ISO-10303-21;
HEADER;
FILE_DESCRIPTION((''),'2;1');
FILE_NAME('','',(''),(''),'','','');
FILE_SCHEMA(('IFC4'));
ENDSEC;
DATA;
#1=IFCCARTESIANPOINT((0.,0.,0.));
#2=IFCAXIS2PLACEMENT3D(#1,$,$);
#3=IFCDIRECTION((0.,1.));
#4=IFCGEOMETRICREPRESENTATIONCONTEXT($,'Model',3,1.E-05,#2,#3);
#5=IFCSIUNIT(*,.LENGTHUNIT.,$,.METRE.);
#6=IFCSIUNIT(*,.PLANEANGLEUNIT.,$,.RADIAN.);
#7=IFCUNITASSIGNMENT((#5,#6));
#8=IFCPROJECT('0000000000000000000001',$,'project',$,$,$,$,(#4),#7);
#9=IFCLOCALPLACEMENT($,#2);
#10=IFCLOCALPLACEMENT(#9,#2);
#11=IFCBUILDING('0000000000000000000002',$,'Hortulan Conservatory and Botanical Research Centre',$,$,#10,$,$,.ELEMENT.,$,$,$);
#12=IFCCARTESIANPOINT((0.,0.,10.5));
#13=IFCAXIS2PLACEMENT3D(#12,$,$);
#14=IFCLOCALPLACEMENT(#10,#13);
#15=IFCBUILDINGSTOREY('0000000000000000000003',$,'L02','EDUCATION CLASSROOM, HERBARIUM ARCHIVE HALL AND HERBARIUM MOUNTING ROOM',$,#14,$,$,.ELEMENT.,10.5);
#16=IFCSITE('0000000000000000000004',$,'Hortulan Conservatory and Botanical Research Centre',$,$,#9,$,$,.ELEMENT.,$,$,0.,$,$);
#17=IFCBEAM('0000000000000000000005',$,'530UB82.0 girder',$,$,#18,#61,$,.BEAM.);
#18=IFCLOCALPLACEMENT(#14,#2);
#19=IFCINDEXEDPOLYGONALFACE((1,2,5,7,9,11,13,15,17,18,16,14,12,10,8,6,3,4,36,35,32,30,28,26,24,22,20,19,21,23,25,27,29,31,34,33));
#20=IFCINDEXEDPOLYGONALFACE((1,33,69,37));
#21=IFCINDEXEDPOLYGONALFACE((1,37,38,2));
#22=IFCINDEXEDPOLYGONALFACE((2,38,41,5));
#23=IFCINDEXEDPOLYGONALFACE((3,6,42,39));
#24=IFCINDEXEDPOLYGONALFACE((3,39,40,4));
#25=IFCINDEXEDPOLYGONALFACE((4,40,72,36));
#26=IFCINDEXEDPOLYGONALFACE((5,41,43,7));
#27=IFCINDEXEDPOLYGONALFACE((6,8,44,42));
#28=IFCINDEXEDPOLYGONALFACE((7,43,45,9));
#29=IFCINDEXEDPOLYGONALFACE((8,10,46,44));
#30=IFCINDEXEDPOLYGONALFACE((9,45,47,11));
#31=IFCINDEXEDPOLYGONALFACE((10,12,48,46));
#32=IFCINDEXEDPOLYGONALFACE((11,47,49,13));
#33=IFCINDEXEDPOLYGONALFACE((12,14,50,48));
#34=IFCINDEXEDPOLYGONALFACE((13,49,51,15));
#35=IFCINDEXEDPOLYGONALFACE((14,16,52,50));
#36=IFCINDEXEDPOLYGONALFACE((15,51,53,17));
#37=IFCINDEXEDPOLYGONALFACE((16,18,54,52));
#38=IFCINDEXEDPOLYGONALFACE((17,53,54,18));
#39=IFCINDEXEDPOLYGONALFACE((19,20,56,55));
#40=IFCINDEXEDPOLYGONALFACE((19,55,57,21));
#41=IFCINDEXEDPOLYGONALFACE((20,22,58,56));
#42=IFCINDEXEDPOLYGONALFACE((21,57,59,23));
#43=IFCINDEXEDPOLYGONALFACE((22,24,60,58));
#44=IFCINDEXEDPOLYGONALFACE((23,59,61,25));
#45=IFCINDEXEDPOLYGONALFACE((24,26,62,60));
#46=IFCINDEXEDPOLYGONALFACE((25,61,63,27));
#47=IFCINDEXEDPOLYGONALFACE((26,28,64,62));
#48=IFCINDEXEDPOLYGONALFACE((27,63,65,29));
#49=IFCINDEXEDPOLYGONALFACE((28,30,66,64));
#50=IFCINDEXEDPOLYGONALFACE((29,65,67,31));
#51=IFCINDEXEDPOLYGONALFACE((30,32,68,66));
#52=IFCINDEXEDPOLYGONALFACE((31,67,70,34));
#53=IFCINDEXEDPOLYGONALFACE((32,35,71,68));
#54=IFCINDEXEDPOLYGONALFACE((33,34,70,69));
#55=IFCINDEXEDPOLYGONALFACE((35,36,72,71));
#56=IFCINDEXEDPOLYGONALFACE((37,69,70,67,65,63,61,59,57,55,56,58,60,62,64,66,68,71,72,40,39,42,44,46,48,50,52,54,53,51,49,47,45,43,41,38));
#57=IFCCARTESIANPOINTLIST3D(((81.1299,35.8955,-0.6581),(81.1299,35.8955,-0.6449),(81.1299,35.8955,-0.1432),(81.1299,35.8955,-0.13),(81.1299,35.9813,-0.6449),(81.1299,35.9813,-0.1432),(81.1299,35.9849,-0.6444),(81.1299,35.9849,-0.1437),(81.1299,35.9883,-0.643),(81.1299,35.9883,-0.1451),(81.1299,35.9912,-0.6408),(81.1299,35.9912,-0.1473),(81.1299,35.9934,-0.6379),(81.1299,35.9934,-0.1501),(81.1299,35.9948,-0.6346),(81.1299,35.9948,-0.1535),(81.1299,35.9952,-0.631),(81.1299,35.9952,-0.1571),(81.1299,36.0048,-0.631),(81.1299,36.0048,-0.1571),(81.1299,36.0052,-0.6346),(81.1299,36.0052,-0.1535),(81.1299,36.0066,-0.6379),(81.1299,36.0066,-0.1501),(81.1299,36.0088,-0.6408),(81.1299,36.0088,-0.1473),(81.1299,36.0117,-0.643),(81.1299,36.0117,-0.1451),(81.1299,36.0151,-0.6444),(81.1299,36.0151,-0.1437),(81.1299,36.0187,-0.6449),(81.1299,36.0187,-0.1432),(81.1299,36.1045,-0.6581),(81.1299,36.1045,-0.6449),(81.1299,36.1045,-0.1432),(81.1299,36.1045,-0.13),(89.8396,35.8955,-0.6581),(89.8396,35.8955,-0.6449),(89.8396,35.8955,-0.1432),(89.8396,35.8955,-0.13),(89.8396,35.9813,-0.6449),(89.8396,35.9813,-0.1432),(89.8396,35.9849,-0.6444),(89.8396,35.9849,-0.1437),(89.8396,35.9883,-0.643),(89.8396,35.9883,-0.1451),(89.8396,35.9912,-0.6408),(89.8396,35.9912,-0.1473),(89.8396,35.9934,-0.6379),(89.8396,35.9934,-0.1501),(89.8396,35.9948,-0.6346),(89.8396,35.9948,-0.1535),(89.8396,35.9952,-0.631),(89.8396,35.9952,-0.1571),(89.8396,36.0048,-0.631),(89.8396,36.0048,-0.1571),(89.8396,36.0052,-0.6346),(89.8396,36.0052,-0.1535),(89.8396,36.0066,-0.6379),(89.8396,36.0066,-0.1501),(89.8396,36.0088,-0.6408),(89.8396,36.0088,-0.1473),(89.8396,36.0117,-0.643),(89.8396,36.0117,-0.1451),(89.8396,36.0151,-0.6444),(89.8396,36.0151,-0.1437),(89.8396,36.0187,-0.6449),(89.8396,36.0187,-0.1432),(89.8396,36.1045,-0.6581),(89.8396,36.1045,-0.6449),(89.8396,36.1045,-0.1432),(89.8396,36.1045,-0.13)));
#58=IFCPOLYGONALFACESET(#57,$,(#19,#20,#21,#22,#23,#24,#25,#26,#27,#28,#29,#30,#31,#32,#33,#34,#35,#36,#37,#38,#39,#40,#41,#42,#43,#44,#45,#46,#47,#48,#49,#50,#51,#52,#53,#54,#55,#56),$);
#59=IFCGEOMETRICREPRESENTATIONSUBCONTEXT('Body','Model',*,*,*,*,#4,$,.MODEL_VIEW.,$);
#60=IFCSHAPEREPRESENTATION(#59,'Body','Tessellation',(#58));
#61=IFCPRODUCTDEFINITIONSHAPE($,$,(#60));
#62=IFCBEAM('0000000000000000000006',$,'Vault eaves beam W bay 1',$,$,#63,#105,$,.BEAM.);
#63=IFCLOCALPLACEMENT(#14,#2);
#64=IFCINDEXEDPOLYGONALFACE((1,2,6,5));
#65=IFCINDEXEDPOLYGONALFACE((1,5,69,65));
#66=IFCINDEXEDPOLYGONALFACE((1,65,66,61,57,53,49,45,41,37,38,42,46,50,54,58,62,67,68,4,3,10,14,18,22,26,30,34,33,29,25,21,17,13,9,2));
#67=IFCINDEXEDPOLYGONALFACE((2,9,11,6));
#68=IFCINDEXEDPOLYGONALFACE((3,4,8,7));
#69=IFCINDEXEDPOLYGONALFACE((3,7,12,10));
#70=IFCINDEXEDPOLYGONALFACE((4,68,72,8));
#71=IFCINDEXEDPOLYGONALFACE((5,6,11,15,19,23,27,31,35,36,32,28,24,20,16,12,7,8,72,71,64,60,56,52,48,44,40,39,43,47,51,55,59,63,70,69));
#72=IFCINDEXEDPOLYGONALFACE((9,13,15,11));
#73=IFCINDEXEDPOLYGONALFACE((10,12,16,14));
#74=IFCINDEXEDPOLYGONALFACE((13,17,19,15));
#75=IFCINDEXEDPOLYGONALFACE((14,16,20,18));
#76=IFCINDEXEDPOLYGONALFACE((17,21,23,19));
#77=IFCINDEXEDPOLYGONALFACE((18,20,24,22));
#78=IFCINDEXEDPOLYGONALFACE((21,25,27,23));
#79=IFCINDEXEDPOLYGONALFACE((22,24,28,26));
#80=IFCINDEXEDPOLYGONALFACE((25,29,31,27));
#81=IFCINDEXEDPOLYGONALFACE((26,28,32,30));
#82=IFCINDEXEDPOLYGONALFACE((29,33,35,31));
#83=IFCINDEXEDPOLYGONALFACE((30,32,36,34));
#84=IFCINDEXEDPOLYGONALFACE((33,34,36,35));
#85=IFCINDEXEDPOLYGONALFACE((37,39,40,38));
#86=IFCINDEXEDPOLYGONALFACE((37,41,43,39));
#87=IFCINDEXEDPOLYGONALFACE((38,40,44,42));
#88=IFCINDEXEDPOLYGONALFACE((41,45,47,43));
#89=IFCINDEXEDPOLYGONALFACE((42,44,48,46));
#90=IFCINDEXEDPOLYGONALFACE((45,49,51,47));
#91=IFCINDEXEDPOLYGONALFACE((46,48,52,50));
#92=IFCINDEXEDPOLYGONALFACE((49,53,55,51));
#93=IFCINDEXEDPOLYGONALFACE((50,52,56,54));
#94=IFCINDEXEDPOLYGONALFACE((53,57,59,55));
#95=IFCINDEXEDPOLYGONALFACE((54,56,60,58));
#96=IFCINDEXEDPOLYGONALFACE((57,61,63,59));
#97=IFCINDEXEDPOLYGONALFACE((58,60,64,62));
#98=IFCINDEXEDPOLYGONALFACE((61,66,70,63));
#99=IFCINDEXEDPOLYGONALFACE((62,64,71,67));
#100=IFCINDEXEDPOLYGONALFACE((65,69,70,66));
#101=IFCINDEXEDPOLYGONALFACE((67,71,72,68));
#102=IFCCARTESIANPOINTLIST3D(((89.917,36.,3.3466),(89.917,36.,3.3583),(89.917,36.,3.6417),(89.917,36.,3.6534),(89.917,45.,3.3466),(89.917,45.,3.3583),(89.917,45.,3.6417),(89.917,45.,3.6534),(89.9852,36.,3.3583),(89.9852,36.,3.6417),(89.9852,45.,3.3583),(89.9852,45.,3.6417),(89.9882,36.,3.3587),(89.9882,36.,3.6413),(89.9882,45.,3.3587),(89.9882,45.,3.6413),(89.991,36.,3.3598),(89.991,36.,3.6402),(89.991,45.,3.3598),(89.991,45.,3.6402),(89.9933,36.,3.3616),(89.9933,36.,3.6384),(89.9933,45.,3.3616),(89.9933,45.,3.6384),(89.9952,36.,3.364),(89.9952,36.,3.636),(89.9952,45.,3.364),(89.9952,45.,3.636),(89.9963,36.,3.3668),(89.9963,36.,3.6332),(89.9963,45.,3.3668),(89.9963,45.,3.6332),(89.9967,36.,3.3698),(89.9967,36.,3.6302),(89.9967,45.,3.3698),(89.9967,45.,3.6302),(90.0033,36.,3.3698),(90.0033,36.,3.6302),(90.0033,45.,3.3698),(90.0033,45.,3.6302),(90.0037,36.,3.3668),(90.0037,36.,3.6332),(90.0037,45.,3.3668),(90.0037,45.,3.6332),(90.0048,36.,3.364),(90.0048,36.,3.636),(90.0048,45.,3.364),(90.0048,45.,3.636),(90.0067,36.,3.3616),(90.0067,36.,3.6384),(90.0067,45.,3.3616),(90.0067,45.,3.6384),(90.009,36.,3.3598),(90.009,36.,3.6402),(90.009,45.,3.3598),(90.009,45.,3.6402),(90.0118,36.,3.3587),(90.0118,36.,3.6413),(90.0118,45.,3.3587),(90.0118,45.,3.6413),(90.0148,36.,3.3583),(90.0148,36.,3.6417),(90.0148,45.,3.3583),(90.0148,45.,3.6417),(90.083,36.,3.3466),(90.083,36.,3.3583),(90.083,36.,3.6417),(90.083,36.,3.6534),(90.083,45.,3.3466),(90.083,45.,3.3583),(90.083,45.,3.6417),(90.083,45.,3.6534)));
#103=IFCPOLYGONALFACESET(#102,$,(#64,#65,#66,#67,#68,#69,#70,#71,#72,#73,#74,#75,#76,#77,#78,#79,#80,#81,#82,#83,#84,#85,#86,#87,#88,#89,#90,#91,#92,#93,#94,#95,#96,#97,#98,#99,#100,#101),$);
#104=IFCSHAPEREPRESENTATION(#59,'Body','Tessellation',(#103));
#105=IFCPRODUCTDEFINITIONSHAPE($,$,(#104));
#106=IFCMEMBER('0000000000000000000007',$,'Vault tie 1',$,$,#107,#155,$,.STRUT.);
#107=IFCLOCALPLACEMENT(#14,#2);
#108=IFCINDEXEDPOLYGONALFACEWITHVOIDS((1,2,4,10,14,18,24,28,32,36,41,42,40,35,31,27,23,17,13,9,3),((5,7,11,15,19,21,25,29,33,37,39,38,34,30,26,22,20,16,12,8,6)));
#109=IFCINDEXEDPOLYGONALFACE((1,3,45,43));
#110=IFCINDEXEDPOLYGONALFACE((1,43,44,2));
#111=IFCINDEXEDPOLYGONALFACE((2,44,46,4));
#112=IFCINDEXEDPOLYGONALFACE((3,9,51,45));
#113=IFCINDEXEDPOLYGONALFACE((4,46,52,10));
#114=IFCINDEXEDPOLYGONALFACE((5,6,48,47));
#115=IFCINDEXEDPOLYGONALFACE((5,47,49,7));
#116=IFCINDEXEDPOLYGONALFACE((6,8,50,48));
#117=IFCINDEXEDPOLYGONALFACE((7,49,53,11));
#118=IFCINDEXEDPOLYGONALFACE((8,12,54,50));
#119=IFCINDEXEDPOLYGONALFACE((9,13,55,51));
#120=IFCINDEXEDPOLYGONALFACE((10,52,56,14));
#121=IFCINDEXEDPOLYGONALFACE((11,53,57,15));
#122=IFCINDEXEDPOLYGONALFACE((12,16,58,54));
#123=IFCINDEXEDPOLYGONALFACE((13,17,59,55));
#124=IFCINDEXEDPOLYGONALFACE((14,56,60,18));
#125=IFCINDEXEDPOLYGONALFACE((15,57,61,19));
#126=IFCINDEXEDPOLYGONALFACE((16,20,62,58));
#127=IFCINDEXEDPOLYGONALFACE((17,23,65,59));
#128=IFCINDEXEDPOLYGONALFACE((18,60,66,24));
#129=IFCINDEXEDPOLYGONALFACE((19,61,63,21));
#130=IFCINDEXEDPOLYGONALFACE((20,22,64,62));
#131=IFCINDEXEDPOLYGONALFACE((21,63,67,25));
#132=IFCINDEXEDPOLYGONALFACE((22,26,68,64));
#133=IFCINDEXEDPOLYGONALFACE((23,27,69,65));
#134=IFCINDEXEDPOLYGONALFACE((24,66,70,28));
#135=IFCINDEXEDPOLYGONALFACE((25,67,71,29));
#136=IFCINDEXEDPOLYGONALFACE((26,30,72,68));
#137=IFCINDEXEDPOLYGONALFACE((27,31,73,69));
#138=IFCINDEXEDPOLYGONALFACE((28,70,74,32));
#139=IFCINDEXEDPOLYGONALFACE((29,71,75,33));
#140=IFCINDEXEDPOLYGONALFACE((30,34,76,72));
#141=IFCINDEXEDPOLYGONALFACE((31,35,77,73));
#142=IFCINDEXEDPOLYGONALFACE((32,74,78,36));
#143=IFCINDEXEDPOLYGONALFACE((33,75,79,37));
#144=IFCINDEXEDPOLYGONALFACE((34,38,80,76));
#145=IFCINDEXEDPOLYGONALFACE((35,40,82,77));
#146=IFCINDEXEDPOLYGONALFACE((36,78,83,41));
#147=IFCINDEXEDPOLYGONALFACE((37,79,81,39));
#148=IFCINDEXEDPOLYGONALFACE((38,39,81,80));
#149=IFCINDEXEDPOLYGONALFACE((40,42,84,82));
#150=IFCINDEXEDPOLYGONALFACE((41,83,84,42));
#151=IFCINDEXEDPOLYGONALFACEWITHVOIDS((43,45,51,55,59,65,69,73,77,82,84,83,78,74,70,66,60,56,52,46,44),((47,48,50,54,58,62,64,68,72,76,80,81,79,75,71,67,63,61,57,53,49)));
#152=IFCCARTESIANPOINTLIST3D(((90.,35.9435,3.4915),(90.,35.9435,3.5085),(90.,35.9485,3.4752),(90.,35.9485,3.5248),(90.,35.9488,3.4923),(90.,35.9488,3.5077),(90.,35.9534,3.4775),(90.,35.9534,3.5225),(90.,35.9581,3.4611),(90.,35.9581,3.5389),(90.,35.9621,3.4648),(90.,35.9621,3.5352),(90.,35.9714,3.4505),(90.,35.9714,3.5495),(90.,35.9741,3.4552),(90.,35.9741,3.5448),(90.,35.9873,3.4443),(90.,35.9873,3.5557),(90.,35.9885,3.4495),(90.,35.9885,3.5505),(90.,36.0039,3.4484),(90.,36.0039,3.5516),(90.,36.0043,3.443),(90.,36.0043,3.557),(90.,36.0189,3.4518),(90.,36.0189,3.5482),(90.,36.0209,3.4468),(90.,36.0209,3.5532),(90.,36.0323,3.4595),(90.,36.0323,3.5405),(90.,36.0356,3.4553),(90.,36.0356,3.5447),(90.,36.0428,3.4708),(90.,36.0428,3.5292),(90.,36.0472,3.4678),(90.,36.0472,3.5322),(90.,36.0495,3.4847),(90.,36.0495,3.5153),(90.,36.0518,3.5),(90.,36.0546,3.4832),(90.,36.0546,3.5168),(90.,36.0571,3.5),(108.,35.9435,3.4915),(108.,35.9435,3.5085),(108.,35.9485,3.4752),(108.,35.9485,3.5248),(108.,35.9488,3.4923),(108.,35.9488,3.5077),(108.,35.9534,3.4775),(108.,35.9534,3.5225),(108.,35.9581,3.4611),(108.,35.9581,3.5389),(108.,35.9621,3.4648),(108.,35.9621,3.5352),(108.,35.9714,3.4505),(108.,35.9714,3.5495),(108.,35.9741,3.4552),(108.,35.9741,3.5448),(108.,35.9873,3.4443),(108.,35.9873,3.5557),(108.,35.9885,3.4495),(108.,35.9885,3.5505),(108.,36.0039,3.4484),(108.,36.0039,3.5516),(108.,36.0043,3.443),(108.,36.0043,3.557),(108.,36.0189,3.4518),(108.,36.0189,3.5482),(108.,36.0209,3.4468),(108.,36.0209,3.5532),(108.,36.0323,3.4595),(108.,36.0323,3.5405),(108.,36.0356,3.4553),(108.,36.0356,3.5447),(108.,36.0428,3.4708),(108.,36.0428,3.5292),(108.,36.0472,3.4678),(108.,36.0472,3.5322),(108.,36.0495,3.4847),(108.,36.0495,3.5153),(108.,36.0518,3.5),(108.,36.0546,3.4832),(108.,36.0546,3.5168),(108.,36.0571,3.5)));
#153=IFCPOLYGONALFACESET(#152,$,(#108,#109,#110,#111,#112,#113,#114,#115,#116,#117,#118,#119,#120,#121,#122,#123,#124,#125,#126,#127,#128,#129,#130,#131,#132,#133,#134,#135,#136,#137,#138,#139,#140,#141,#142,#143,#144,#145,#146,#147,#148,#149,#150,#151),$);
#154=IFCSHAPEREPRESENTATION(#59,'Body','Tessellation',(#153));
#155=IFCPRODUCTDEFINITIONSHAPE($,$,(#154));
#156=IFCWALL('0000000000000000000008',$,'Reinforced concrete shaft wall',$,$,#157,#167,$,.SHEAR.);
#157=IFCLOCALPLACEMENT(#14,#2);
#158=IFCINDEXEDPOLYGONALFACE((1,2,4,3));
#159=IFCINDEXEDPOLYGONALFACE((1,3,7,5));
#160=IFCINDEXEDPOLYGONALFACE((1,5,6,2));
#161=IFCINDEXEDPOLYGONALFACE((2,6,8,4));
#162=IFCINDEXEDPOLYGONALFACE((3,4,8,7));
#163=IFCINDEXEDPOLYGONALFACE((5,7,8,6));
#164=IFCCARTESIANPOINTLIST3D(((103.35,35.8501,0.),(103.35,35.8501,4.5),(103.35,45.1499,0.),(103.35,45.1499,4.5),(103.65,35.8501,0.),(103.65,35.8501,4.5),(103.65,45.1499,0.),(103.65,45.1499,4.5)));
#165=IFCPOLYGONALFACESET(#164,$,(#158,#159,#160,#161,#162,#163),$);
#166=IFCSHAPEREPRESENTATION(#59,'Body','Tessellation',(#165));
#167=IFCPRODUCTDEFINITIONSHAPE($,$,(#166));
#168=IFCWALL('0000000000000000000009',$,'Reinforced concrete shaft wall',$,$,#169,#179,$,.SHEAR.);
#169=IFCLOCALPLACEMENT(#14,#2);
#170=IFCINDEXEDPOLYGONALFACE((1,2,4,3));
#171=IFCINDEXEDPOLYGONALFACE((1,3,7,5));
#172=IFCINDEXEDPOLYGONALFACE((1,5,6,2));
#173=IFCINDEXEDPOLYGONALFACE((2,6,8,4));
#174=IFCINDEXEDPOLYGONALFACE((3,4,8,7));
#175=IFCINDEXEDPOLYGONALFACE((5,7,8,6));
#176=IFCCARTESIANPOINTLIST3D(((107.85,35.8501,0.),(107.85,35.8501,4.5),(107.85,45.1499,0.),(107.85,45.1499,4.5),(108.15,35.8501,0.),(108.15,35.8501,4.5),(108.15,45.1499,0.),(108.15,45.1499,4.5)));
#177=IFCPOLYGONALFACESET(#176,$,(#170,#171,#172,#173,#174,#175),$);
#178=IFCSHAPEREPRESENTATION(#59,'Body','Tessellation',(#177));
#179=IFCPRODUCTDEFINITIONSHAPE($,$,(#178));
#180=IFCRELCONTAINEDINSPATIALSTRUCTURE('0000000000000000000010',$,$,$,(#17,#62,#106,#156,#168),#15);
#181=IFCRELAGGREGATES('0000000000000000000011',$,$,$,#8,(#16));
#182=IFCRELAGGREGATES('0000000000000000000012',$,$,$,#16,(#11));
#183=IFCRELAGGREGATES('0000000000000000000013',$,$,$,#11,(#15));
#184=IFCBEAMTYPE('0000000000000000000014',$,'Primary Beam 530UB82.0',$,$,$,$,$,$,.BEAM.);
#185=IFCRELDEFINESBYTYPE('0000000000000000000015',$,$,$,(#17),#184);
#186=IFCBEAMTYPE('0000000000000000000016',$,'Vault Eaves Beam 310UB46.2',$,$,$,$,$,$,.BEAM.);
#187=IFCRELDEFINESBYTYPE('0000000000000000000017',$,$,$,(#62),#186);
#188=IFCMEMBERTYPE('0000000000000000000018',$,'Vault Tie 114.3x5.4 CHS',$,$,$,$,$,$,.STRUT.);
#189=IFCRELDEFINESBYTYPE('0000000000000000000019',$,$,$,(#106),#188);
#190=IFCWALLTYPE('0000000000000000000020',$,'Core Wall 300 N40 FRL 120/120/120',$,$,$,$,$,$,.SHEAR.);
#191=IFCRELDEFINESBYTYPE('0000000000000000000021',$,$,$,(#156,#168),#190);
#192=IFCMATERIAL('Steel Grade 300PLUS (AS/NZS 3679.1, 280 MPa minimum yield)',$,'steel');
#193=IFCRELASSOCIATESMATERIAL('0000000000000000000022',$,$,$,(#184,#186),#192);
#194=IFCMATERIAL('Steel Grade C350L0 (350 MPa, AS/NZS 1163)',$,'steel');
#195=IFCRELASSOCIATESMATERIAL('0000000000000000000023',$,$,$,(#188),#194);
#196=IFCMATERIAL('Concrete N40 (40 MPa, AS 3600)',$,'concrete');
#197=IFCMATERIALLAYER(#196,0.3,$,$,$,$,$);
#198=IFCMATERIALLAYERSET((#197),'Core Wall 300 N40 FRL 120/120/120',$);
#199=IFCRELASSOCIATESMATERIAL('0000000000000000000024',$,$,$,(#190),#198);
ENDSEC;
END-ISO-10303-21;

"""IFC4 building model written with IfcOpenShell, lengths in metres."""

from ifc_helpers import new_model, si_unit, direction, frame, frame_2d, origin, origin_2d, place, context, subcontext, project, spatial, rectangle, hollow_circle, i_section, extrude, material, layer, layer_set, material_profile, profile_set, type_object, element, save


model = new_model("IFC4")

# Units and contexts
model_context = context("Model", 3, precision=1e-05, world=origin(), true_north=direction((0.0, 1.0)))
body_context = subcontext(model_context, "Body", "Model", "MODEL_VIEW")
ifc_project = project(units=[si_unit("LENGTHUNIT", "METRE"), si_unit("PLANEANGLEUNIT", "RADIAN")], contexts=[model_context])

# Site, building, storey
site_placement = place(None, origin())
site = spatial("IfcSite", under=ifc_project, at=site_placement, Name="Hortulan Conservatory and Botanical Research Centre", CompositionType="ELEMENT", RefElevation=0.0)
building_placement = place(site_placement, origin())
building = spatial("IfcBuilding", under=site, at=building_placement, Name="Hortulan Conservatory and Botanical Research Centre", CompositionType="ELEMENT")
storey_placement = place(building_placement, frame((0.0, 0.0, 10.5)))
storey = spatial("IfcBuildingStorey", under=building, at=storey_placement, Name="L02", Description="EDUCATION CLASSROOM, HERBARIUM ARCHIVE HALL AND HERBARIUM MOUNTING ROOM", CompositionType="ELEMENT", Elevation=10.5)

# Shared definitions
ifc_material_1 = material(Name="Steel Grade 300PLUS (AS/NZS 3679.1, 280 MPa minimum yield)", Category="steel")

# Beams
ifc_material_profile_1 = material_profile(ifc_material_1, i_section(OverallWidth=0.209, OverallDepth=0.5281, WebThickness=0.0095, FlangeThickness=0.0132, FilletRadius=0.0139, at=origin_2d()), Name="530UB82.0")
ifc_profile_set_1 = profile_set([ifc_material_profile_1], Name="Steel Grade 300PLUS (AS/NZS 3679.1, 280 MPa minimum yield)")
beam_type_1 = type_object("IfcBeamType", Name="Primary Beam 530UB82.0", PredefinedType="BEAM", material=ifc_profile_set_1)
beam_1_placement = place(storey_placement, frame((81.1299, 36.0, -0.394), z_axis=(1.0, 0.0, 0.0), x_axis=(0.0, 1.0, 0.0)))
element("IfcBeam", 1, at=beam_1_placement, inside=storey, type_object=beam_type_1, Name="530UB82.0 girder", PredefinedType="BEAM", context=body_context, shape_type="SweptSolid", body=[
    extrude(i_section(OverallWidth=0.209, OverallDepth=0.5281, WebThickness=0.0095, FlangeThickness=0.0132, FilletRadius=0.0139, at=origin_2d()), origin(), (0.0, 0.0, 1.0), 8.7097),
])
ifc_material_profile_2 = material_profile(ifc_material_1, i_section(OverallWidth=0.166, OverallDepth=0.3069, WebThickness=0.0066, FlangeThickness=0.0117, FilletRadius=0.0115, at=origin_2d()), Name="310UB46.2")
ifc_profile_set_2 = profile_set([ifc_material_profile_2], Name="Steel Grade 300PLUS (AS/NZS 3679.1, 280 MPa minimum yield)")
beam_type_2 = type_object("IfcBeamType", Name="Vault Eaves Beam 310UB46.2", PredefinedType="BEAM", material=ifc_profile_set_2)
beam_2_placement = place(storey_placement, frame((90.0, 36.0, 3.5), z_axis=(0.0, 1.0, 0.0), x_axis=(-1.0, 0.0, 0.0)))
element("IfcBeam", 2, at=beam_2_placement, inside=storey, type_object=beam_type_2, Name="Vault eaves beam W bay 1", PredefinedType="BEAM", context=body_context, shape_type="SweptSolid", body=[
    extrude(i_section(OverallWidth=0.166, OverallDepth=0.3069, WebThickness=0.0066, FlangeThickness=0.0117, FilletRadius=0.0115, at=origin_2d()), origin(), (0.0, 0.0, 1.0), 9.0),
])

# Member
ifc_material_2 = material(Name="Steel Grade C350L0 (350 MPa, AS/NZS 1163)", Category="steel")
ifc_material_profile_3 = material_profile(ifc_material_2, hollow_circle(Radius=0.0571, WallThickness=0.0054, at=origin_2d()), Name="114.3x5.4CHS")
ifc_profile_set_3 = profile_set([ifc_material_profile_3], Name="Steel Grade C350L0 (350 MPa, AS/NZS 1163)")
member_type = type_object("IfcMemberType", Name="Vault Tie 114.3x5.4 CHS", PredefinedType="STRUT", material=ifc_profile_set_3)
member_placement = place(storey_placement, frame((90.0, 36.0, 3.5), z_axis=(1.0, 0.0, 0.0), x_axis=(0.0, 1.0, 0.0)))
element("IfcMember", 3, at=member_placement, inside=storey, type_object=member_type, Name="Vault tie 1", PredefinedType="STRUT", context=body_context, shape_type="SweptSolid", body=[
    extrude(hollow_circle(Radius=0.0571, WallThickness=0.0054, at=origin_2d()), origin(), (0.0, 0.0, 1.0), 18.0),
])

# Walls
ifc_material_3 = material(Name="Concrete N40 (40 MPa, AS 3600)", Category="concrete")
ifc_layer_1 = layer(ifc_material_3, 0.3)
ifc_layer_set_1 = layer_set([ifc_layer_1], Name="Core Wall 300 N40 FRL 120/120/120")
wall_type_1 = type_object("IfcWallType", Name="Core Wall 300 N40 FRL 120/120/120", PredefinedType="SHEAR", material=ifc_layer_set_1)
for number, where, z_axis, x_axis, name in (
    (4, (103.5, 35.8501, 0.0), (0.0, 0.0, 1.0), (0.0, 1.0, 0.0), "Reinforced concrete shaft wall"),
    (5, (108.0, 35.8501, 0.0), (0.0, 0.0, 1.0), (0.0, 1.0, 0.0), "Reinforced concrete shaft wall"),
):
    element("IfcWall", number, at=place(storey_placement, frame(where, z_axis=z_axis, x_axis=x_axis)), inside=storey, type_object=wall_type_1, Name=name, PredefinedType="SHEAR", context=body_context, shape_type="SweptSolid", body=[
        extrude(rectangle(XDim=9.2998, YDim=0.3, at=frame_2d((4.6499, 0.0))), origin(), (0.0, 0.0, 1.0), 4.5),
    ])

save(model, "model.ifc")
